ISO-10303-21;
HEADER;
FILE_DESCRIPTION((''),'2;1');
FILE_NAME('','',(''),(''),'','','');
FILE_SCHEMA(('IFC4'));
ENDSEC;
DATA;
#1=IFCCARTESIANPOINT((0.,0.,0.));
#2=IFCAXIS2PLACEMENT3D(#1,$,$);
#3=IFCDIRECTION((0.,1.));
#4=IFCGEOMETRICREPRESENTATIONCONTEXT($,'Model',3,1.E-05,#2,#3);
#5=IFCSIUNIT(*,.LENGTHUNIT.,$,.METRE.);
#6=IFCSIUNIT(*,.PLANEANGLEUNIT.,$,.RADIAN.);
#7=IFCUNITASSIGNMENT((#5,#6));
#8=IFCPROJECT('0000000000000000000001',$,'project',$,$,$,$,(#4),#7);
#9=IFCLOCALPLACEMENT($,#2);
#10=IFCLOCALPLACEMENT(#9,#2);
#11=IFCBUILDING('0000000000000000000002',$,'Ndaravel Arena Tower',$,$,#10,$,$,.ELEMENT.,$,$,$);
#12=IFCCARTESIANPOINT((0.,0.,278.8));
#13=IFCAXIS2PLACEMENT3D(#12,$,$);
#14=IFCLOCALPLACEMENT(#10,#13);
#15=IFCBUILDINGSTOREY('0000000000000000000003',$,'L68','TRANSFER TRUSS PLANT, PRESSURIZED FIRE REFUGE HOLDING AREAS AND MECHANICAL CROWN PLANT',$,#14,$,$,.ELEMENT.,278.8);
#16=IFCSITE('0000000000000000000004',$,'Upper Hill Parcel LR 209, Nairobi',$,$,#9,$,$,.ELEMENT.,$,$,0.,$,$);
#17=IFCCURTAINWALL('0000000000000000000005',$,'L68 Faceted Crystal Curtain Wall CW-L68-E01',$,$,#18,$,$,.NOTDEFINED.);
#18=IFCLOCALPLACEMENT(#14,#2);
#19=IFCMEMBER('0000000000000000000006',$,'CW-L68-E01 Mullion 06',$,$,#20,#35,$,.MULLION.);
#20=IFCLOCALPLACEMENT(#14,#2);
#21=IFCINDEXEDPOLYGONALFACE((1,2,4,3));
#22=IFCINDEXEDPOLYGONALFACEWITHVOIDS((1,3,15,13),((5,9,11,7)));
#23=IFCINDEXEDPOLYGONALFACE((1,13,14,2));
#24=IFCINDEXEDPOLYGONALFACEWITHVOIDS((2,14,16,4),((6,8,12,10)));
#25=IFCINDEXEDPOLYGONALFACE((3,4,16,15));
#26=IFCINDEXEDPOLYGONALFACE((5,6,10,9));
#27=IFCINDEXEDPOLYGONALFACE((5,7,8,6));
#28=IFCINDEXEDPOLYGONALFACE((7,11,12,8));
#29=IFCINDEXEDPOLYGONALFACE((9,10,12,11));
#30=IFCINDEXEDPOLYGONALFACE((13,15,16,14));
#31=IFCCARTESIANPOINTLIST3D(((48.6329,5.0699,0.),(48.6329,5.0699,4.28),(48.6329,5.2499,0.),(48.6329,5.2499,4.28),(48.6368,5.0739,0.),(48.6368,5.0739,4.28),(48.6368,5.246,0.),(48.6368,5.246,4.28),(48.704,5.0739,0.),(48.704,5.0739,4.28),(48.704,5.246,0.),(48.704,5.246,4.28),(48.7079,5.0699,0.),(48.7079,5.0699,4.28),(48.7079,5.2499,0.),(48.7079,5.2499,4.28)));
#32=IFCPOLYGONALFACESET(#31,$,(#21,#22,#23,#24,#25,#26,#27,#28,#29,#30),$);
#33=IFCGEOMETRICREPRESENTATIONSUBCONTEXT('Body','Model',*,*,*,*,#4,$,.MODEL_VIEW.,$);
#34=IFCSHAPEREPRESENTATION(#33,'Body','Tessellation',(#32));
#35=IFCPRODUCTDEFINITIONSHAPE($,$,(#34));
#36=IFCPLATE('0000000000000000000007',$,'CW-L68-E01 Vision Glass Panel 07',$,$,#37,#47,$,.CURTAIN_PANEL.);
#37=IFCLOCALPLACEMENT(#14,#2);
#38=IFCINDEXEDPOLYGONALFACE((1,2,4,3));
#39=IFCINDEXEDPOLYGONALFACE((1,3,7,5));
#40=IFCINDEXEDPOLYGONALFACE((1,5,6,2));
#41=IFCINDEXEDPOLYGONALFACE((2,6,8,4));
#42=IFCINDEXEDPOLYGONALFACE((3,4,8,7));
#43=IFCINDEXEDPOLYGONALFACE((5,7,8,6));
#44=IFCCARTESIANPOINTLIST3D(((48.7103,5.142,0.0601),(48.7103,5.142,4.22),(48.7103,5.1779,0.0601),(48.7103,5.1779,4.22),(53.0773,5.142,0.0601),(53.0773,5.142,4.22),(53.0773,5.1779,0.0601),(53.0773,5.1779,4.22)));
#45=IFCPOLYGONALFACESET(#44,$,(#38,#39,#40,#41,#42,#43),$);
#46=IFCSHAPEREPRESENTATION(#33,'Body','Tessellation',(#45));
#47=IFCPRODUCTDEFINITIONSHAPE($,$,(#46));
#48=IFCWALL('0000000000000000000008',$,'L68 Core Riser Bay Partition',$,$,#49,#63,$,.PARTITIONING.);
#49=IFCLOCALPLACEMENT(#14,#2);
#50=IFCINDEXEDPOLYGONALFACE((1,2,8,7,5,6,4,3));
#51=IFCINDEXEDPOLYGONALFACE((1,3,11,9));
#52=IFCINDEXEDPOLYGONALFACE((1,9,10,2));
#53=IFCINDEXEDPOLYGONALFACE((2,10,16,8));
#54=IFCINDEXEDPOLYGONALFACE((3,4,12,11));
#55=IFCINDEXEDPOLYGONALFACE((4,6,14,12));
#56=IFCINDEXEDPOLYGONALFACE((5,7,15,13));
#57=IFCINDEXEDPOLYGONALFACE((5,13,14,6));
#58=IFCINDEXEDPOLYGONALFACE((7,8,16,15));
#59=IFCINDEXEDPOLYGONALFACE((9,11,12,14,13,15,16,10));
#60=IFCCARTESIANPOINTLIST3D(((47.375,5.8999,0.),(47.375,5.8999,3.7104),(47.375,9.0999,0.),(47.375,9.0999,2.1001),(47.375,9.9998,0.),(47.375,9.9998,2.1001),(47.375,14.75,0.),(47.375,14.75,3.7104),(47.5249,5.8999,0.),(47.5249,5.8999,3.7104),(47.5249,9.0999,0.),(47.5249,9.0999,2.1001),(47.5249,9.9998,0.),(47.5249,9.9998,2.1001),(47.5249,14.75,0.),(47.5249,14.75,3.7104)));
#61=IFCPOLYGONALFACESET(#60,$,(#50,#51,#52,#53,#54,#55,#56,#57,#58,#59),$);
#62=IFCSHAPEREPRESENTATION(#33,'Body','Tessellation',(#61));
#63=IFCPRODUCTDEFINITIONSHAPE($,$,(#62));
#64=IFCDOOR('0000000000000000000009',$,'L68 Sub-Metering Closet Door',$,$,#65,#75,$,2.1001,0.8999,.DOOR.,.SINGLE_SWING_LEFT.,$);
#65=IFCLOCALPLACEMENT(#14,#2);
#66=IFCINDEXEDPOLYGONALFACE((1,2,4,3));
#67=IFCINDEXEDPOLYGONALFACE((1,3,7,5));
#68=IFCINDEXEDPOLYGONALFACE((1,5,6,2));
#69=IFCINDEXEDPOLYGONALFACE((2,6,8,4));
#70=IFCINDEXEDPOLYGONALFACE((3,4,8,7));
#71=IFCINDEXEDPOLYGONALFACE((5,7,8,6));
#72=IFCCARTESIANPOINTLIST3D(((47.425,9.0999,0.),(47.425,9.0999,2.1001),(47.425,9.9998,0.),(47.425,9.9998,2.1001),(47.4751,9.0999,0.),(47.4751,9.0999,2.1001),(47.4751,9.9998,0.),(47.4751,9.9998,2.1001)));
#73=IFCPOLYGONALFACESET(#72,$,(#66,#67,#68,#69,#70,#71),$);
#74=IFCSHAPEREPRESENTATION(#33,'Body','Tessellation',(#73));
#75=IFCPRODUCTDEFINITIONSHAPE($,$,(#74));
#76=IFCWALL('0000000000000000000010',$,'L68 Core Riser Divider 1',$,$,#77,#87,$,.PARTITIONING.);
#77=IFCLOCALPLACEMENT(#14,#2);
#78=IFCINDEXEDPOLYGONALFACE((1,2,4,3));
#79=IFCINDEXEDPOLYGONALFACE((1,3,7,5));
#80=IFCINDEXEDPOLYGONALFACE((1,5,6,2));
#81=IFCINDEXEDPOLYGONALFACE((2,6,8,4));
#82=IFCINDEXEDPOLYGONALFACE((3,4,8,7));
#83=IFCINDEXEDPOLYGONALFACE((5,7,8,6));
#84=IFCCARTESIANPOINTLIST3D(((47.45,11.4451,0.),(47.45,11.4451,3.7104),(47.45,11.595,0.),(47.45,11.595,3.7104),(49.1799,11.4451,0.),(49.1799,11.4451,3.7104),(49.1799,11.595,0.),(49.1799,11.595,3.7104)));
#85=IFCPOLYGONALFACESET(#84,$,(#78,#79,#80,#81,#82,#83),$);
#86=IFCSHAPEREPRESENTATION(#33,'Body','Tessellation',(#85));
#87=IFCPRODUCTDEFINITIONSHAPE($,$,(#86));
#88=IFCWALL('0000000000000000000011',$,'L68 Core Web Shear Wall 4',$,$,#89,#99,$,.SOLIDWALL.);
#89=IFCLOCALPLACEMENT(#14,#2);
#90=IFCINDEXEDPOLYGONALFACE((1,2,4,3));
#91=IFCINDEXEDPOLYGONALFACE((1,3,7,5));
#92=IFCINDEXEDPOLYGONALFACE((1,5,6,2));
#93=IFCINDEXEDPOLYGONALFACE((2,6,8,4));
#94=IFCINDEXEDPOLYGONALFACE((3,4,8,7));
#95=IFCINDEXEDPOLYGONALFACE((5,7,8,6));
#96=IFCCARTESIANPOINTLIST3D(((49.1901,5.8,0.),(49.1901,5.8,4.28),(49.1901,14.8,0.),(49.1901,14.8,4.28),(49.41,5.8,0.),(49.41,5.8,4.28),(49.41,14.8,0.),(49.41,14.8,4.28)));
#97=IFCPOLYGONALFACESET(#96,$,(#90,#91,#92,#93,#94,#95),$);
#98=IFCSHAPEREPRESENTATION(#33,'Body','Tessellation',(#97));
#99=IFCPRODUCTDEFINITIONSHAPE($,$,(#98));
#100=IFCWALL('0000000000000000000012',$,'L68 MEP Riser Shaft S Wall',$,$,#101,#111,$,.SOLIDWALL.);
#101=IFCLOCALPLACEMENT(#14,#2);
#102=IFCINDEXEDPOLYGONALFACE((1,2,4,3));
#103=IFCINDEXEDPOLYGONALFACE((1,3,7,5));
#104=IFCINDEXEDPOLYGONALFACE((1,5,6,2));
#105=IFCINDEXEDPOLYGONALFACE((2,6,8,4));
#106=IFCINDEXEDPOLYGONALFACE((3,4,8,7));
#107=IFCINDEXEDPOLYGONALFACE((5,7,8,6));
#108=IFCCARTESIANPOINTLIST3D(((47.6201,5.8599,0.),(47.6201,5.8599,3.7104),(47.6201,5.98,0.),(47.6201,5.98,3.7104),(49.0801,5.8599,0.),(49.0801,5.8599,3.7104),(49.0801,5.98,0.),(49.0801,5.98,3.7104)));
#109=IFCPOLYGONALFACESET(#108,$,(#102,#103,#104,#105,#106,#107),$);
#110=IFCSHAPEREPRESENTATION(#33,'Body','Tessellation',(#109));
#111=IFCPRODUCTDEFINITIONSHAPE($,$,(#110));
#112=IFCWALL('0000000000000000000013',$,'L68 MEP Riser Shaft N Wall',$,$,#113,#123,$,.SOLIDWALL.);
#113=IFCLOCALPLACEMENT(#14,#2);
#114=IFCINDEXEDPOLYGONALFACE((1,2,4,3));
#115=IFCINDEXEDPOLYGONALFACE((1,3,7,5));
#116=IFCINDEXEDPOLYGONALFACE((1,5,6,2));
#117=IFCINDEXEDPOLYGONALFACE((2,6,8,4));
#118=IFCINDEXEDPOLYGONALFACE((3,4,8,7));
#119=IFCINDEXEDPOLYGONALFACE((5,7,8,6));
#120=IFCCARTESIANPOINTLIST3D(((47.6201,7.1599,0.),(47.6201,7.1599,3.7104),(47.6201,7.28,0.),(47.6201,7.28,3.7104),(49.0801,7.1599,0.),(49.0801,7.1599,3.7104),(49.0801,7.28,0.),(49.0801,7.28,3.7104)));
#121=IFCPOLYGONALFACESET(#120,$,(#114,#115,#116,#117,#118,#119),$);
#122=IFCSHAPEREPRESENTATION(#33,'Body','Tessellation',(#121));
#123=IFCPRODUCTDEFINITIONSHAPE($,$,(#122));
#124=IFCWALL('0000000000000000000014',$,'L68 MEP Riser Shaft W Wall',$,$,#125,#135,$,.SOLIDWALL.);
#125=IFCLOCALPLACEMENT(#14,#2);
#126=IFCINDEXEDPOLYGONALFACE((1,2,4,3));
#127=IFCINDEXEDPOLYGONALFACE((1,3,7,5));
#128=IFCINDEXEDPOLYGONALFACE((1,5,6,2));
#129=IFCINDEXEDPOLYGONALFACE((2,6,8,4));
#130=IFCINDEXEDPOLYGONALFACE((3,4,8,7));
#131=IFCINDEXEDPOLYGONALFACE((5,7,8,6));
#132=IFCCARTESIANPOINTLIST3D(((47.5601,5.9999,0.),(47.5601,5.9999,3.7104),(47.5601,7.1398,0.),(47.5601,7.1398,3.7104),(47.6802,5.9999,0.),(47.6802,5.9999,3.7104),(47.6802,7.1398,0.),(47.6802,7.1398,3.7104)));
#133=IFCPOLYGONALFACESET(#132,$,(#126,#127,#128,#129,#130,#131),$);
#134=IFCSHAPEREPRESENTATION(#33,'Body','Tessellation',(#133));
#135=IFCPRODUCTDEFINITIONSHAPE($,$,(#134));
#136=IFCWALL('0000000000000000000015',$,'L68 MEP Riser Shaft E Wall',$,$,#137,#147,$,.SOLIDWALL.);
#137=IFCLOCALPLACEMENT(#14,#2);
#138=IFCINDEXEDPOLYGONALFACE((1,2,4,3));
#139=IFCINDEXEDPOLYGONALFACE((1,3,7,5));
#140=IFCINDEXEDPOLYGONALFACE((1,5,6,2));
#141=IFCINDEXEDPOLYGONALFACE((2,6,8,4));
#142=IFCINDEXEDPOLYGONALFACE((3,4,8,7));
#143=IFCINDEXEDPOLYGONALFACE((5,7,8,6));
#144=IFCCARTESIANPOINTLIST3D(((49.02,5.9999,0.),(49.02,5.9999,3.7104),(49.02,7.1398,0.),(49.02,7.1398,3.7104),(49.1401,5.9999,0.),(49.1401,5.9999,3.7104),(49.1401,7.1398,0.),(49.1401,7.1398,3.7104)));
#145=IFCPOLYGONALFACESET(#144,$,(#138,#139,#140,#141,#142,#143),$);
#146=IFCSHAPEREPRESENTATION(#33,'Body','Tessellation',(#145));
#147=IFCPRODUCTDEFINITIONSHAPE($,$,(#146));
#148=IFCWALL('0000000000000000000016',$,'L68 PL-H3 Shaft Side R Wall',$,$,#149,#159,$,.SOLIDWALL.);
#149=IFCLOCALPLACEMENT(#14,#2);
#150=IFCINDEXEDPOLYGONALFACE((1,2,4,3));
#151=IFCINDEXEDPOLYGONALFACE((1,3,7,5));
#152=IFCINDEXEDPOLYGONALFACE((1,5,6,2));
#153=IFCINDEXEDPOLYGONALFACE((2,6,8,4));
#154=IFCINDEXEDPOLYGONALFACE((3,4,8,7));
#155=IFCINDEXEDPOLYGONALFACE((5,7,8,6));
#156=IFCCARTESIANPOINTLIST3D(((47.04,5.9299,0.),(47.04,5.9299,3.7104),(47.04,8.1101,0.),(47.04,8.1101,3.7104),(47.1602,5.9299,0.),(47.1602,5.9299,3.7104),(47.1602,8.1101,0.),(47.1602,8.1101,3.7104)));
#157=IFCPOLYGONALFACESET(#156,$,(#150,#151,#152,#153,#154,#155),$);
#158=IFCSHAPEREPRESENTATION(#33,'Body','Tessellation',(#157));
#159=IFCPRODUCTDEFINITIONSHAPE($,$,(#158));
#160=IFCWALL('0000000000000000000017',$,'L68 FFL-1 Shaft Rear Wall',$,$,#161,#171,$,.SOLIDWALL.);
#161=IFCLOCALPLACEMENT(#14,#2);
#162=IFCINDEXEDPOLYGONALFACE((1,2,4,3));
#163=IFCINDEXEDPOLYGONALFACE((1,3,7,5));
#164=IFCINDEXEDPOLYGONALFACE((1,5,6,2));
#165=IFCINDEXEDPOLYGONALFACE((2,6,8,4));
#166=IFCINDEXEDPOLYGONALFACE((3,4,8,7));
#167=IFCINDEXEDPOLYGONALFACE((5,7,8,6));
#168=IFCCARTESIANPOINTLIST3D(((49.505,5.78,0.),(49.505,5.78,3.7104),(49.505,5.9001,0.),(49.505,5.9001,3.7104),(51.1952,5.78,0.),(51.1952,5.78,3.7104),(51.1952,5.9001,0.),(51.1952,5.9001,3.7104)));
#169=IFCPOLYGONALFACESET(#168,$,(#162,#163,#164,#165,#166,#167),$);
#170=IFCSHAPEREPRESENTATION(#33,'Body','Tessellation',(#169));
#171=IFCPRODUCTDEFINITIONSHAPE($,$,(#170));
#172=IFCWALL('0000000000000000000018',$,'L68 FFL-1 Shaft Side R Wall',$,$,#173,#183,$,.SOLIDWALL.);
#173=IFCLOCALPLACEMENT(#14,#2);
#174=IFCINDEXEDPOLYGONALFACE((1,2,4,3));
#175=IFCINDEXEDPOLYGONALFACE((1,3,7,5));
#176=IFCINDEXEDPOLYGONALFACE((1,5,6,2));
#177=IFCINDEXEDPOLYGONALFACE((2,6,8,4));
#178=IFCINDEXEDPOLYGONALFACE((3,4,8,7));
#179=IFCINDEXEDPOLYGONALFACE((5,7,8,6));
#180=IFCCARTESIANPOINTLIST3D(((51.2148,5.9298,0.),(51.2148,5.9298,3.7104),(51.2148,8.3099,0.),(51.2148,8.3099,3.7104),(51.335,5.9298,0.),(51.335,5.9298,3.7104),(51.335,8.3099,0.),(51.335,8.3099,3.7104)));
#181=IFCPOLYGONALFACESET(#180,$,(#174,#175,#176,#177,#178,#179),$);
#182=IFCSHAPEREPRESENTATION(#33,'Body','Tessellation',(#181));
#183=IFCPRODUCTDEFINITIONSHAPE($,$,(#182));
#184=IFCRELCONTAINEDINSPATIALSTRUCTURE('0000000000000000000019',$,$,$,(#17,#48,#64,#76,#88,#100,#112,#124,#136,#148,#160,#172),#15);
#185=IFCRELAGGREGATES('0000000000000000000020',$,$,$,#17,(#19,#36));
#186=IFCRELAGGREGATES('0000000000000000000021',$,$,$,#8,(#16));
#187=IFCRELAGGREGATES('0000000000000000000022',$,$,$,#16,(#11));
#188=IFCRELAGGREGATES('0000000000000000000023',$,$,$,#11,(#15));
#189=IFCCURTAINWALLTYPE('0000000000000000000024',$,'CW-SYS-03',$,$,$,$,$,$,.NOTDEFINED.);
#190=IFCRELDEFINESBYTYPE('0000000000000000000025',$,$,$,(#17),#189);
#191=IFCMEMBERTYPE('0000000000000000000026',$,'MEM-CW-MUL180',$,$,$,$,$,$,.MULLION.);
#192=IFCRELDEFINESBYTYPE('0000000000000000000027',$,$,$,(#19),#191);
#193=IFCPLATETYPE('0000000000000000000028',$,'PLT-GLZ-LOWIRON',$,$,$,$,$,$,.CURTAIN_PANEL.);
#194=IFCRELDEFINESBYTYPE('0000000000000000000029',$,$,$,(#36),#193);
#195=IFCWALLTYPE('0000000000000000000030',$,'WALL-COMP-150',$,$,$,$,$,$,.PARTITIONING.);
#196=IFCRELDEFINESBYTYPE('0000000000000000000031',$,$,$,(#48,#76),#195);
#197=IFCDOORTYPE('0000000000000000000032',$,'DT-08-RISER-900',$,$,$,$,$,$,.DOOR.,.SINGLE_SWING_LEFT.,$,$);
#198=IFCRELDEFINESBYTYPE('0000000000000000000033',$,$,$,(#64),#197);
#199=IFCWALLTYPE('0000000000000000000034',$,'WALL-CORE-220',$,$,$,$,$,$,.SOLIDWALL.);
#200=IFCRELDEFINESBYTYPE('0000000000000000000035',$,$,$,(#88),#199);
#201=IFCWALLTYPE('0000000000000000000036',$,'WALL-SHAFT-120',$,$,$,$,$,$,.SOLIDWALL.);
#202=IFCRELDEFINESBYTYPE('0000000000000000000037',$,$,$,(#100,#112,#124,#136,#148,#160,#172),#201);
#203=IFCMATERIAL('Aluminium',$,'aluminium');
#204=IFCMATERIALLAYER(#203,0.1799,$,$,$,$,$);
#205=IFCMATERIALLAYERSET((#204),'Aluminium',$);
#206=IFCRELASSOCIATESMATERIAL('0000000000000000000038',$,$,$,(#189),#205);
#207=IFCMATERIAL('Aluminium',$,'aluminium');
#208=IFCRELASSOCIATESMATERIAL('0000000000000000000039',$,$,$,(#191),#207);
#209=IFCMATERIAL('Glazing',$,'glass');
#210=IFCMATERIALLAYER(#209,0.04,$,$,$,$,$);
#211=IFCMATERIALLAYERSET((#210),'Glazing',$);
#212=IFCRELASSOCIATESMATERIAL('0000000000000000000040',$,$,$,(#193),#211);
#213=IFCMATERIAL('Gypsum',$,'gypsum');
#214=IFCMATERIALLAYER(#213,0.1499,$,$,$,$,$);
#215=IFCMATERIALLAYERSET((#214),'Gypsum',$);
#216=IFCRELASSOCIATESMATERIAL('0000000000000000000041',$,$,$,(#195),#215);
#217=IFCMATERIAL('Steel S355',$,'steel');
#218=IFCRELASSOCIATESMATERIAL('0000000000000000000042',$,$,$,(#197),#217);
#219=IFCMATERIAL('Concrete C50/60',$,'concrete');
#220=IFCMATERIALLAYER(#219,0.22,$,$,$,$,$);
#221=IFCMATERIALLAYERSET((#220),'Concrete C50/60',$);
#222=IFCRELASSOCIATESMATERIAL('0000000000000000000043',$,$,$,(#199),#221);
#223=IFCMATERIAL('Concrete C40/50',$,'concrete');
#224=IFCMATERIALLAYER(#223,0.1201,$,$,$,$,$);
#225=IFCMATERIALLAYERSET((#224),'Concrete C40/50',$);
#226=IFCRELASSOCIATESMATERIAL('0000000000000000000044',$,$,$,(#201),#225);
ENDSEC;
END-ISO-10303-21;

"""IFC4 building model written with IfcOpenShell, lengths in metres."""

from ifc_helpers import new_model, si_unit, direction, frame, frame_2d, origin, origin_2d, place, context, subcontext, project, spatial, rectangle, hollow_rectangle, extrude, material, layer, layer_set, material_profile, profile_set, type_object, element, fill, aggregate, save


model = new_model("IFC4")

# Units and contexts
model_context = context("Model", 3, precision=1e-05, world=origin(), true_north=direction((0.0, 1.0)))
body_context = subcontext(model_context, "Body", "Model", "MODEL_VIEW")
ifc_project = project(units=[si_unit("LENGTHUNIT", "METRE"), si_unit("PLANEANGLEUNIT", "RADIAN")], contexts=[model_context])

# Site, building, storey
site_placement = place(None, origin())
site = spatial("IfcSite", under=ifc_project, at=site_placement, Name="Upper Hill Parcel LR 209, Nairobi", CompositionType="ELEMENT", RefElevation=0.0)
building_placement = place(site_placement, origin())
building = spatial("IfcBuilding", under=site, at=building_placement, Name="Ndaravel Arena Tower", CompositionType="ELEMENT")
storey_placement = place(building_placement, frame((0.0, 0.0, 278.8)))
storey = spatial("IfcBuildingStorey", under=building, at=storey_placement, Name="L68", Description="TRANSFER TRUSS PLANT, PRESSURIZED FIRE REFUGE HOLDING AREAS AND MECHANICAL CROWN PLANT", CompositionType="ELEMENT", Elevation=278.8)

# Curtain wall, member, plate
ifc_material_1 = material(Name="Aluminium", Category="aluminium")
ifc_layer_1 = layer(ifc_material_1, 0.1799)
ifc_layer_set_1 = layer_set([ifc_layer_1], Name="Aluminium")
curtain_wall_type = type_object("IfcCurtainWallType", Name="CW-SYS-03", PredefinedType="NOTDEFINED", material=ifc_layer_set_1)
curtain_wall_placement = place(storey_placement, origin())
curtain_wall = element("IfcCurtainWall", 1, at=curtain_wall_placement, inside=storey, type_object=curtain_wall_type, Name="L68 Faceted Crystal Curtain Wall CW-L68-E01", PredefinedType="NOTDEFINED")
ifc_material_2 = material(Name="Aluminium", Category="aluminium")
ifc_material_profile = material_profile(ifc_material_2, hollow_rectangle(XDim=0.075, YDim=0.1799, WallThickness=0.0039, at=origin_2d()), Name="CW MULLION 75x180x4")
ifc_profile_set = profile_set([ifc_material_profile], Name="Aluminium")
member_type = type_object("IfcMemberType", Name="MEM-CW-MUL180", PredefinedType="MULLION", material=ifc_profile_set)
member_placement = place(storey_placement, frame((48.6704, 5.1599, 0.0), z_axis=(0.0, 0.0, 1.0), x_axis=(1.0, 0.0, 0.0)))
member = element("IfcMember", 2, at=member_placement, type_object=member_type, Name="CW-L68-E01 Mullion 06", PredefinedType="MULLION", context=body_context, shape_type="SweptSolid", body=[
    extrude(hollow_rectangle(XDim=0.075, YDim=0.1799, WallThickness=0.0039, at=origin_2d()), origin(), (0.0, 0.0, 1.0), 4.28),
])
ifc_material_3 = material(Name="Glazing", Category="glass")
ifc_layer_2 = layer(ifc_material_3, 0.04)
ifc_layer_set_2 = layer_set([ifc_layer_2], Name="Glazing")
plate_type = type_object("IfcPlateType", Name="PLT-GLZ-LOWIRON", PredefinedType="CURTAIN_PANEL", material=ifc_layer_set_2)
plate_placement = place(storey_placement, frame((50.8938, 5.1599, 0.0601), z_axis=(0.0, 0.0, 1.0), x_axis=(1.0, 0.0, 0.0)))
plate = element("IfcPlate", 3, at=plate_placement, type_object=plate_type, Name="CW-L68-E01 Vision Glass Panel 07", PredefinedType="CURTAIN_PANEL", context=body_context, shape_type="SweptSolid", body=[
    extrude(rectangle(XDim=4.3669, YDim=0.0359, at=origin_2d()), origin(), (0.0, 0.0, 1.0), 4.1599),
])
aggregate(curtain_wall, [member, plate])

# Wall, opening, door
ifc_material_4 = material(Name="Gypsum", Category="gypsum")
ifc_layer_3 = layer(ifc_material_4, 0.1499)
ifc_layer_set_3 = layer_set([ifc_layer_3], Name="Gypsum")
wall_type_1 = type_object("IfcWallType", Name="WALL-COMP-150", PredefinedType="PARTITIONING", material=ifc_layer_set_3)
wall_1_placement = place(storey_placement, frame((47.45, 5.8999, 0.0), z_axis=(0.0, 0.0, 1.0), x_axis=(0.0, 1.0, 0.0)))
wall_1 = element("IfcWall", 4, at=wall_1_placement, inside=storey, type_object=wall_type_1, Name="L68 Core Riser Bay Partition", PredefinedType="PARTITIONING", context=body_context, shape_type="SweptSolid", body=[
    extrude(rectangle(XDim=8.8501, YDim=0.1499, at=frame_2d((4.425, 0.0))), origin(), (0.0, 0.0, 1.0), 3.7104),
])
opening_1_placement = place(wall_1_placement, frame((3.2, 0.0, 0.0)))
opening_1 = element("IfcOpeningElement", 5, at=opening_1_placement, cuts=wall_1, PredefinedType="OPENING", context=body_context, shape_type="SweptSolid", body=[
    extrude(rectangle(XDim=0.8999, YDim=2.1001, at=frame_2d((0.45, 1.05))), frame((0.0, 0.075, 0.0), z_axis=(0.0, -1.0, 0.0), x_axis=(1.0, 0.0, 0.0)), (0.0, 0.0, 1.0), 0.1499),
])
ifc_material_5 = material(Name="Steel S355", Category="steel")
door_type_1 = type_object("IfcDoorType", Name="DT-08-RISER-900", OperationType="SINGLE_SWING_LEFT", PredefinedType="DOOR", material=ifc_material_5)
door_1_placement = place(opening_1_placement, origin())
door_1 = element("IfcDoor", 6, at=door_1_placement, inside=storey, type_object=door_type_1, Name="L68 Sub-Metering Closet Door", OperationType="SINGLE_SWING_LEFT", OverallHeight=2.1001, OverallWidth=0.8999, PredefinedType="DOOR", context=body_context, shape_type="SweptSolid", body=[
    extrude(rectangle(XDim=0.8999, YDim=2.1001, at=frame_2d((0.45, 1.05))), frame((0.0, 0.0249, 0.0), z_axis=(0.0, -1.0, 0.0), x_axis=(1.0, 0.0, 0.0)), (0.0, 0.0, 1.0), 0.05),
])
fill(opening_1, door_1)

# Walls
wall_2_placement = place(storey_placement, frame((47.45, 11.52, 0.0), z_axis=(0.0, 0.0, 1.0), x_axis=(1.0, 0.0, 0.0)))
element("IfcWall", 7, at=wall_2_placement, inside=storey, type_object=wall_type_1, Name="L68 Core Riser Divider 1", PredefinedType="PARTITIONING", context=body_context, shape_type="SweptSolid", body=[
    extrude(rectangle(XDim=1.73, YDim=0.1499, at=frame_2d((0.865, 0.0))), origin(), (0.0, 0.0, 1.0), 3.7104),
])
ifc_material_6 = material(Name="Concrete C50/60", Category="concrete")
ifc_layer_4 = layer(ifc_material_6, 0.22)
ifc_layer_set_4 = layer_set([ifc_layer_4], Name="Concrete C50/60")
wall_type_2 = type_object("IfcWallType", Name="WALL-CORE-220", PredefinedType="SOLIDWALL", material=ifc_layer_set_4)
wall_3_placement = place(storey_placement, frame((49.3, 5.8, 0.0), z_axis=(0.0, 0.0, 1.0), x_axis=(0.0, 1.0, 0.0)))
element("IfcWall", 8, at=wall_3_placement, inside=storey, type_object=wall_type_2, Name="L68 Core Web Shear Wall 4", PredefinedType="SOLIDWALL", context=body_context, shape_type="SweptSolid", body=[
    extrude(rectangle(XDim=9.0, YDim=0.22, at=frame_2d((4.5, 0.0))), origin(), (0.0, 0.0, 1.0), 4.28),
])
ifc_material_7 = material(Name="Concrete C40/50", Category="concrete")
ifc_layer_5 = layer(ifc_material_7, 0.1201)
ifc_layer_set_5 = layer_set([ifc_layer_5], Name="Concrete C40/50")
wall_type_3 = type_object("IfcWallType", Name="WALL-SHAFT-120", PredefinedType="SOLIDWALL", material=ifc_layer_set_5)
for number, where, z_axis, x_axis, name in (
    (9, (47.6201, 5.9199, 0.0), (0.0, 0.0, 1.0), (1.0, 0.0, 0.0), "L68 MEP Riser Shaft S Wall"),
    (10, (47.6201, 7.22, 0.0), (0.0, 0.0, 1.0), (1.0, 0.0, 0.0), "L68 MEP Riser Shaft N Wall"),
):
    element("IfcWall", number, at=place(storey_placement, frame(where, z_axis=z_axis, x_axis=x_axis)), inside=storey, type_object=wall_type_3, Name=name, PredefinedType="SOLIDWALL", context=body_context, shape_type="SweptSolid", body=[
        extrude(rectangle(XDim=1.46, YDim=0.1201, at=frame_2d((0.73, 0.0))), origin(), (0.0, 0.0, 1.0), 3.7104),
    ])
for number, where, z_axis, x_axis, name in (
    (11, (47.6201, 6.0, 0.0), (0.0, 0.0, 1.0), (0.0, 1.0, 0.0), "L68 MEP Riser Shaft W Wall"),
    (12, (49.0801, 6.0, 0.0), (0.0, 0.0, 1.0), (0.0, 1.0, 0.0), "L68 MEP Riser Shaft E Wall"),
):
    element("IfcWall", number, at=place(storey_placement, frame(where, z_axis=z_axis, x_axis=x_axis)), inside=storey, type_object=wall_type_3, Name=name, PredefinedType="SOLIDWALL", context=body_context, shape_type="SweptSolid", body=[
        extrude(rectangle(XDim=1.1399, YDim=0.1201, at=frame_2d((0.5698, 0.0))), origin(), (0.0, 0.0, 1.0), 3.7104),
    ])
wall_4_placement = place(storey_placement, frame((47.1001, 5.9299, 0.0), z_axis=(0.0, 0.0, 1.0), x_axis=(0.0, 1.0, 0.0)))
element("IfcWall", 13, at=wall_4_placement, inside=storey, type_object=wall_type_3, Name="L68 PL-H3 Shaft Side R Wall", PredefinedType="SOLIDWALL", context=body_context, shape_type="SweptSolid", body=[
    extrude(rectangle(XDim=2.1802, YDim=0.1201, at=frame_2d((1.0901, 0.0))), origin(), (0.0, 0.0, 1.0), 3.7104),
])
wall_5_placement = place(storey_placement, frame((49.5049, 5.8401, 0.0), z_axis=(0.0, 0.0, 1.0), x_axis=(1.0, 0.0, 0.0)))
element("IfcWall", 14, at=wall_5_placement, inside=storey, type_object=wall_type_3, Name="L68 FFL-1 Shaft Rear Wall", PredefinedType="SOLIDWALL", context=body_context, shape_type="SweptSolid", body=[
    extrude(rectangle(XDim=1.6902, YDim=0.1201, at=frame_2d((0.8452, 0.0))), origin(), (0.0, 0.0, 1.0), 3.7104),
])
wall_6_placement = place(storey_placement, frame((51.2749, 5.9299, 0.0), z_axis=(0.0, 0.0, 1.0), x_axis=(0.0, 1.0, 0.0)))
element("IfcWall", 15, at=wall_6_placement, inside=storey, type_object=wall_type_3, Name="L68 FFL-1 Shaft Side R Wall", PredefinedType="SOLIDWALL", context=body_context, shape_type="SweptSolid", body=[
    extrude(rectangle(XDim=2.3801, YDim=0.1201, at=frame_2d((1.1899, 0.0))), origin(), (0.0, 0.0, 1.0), 3.7104),
])

save(model, "model.ifc")
